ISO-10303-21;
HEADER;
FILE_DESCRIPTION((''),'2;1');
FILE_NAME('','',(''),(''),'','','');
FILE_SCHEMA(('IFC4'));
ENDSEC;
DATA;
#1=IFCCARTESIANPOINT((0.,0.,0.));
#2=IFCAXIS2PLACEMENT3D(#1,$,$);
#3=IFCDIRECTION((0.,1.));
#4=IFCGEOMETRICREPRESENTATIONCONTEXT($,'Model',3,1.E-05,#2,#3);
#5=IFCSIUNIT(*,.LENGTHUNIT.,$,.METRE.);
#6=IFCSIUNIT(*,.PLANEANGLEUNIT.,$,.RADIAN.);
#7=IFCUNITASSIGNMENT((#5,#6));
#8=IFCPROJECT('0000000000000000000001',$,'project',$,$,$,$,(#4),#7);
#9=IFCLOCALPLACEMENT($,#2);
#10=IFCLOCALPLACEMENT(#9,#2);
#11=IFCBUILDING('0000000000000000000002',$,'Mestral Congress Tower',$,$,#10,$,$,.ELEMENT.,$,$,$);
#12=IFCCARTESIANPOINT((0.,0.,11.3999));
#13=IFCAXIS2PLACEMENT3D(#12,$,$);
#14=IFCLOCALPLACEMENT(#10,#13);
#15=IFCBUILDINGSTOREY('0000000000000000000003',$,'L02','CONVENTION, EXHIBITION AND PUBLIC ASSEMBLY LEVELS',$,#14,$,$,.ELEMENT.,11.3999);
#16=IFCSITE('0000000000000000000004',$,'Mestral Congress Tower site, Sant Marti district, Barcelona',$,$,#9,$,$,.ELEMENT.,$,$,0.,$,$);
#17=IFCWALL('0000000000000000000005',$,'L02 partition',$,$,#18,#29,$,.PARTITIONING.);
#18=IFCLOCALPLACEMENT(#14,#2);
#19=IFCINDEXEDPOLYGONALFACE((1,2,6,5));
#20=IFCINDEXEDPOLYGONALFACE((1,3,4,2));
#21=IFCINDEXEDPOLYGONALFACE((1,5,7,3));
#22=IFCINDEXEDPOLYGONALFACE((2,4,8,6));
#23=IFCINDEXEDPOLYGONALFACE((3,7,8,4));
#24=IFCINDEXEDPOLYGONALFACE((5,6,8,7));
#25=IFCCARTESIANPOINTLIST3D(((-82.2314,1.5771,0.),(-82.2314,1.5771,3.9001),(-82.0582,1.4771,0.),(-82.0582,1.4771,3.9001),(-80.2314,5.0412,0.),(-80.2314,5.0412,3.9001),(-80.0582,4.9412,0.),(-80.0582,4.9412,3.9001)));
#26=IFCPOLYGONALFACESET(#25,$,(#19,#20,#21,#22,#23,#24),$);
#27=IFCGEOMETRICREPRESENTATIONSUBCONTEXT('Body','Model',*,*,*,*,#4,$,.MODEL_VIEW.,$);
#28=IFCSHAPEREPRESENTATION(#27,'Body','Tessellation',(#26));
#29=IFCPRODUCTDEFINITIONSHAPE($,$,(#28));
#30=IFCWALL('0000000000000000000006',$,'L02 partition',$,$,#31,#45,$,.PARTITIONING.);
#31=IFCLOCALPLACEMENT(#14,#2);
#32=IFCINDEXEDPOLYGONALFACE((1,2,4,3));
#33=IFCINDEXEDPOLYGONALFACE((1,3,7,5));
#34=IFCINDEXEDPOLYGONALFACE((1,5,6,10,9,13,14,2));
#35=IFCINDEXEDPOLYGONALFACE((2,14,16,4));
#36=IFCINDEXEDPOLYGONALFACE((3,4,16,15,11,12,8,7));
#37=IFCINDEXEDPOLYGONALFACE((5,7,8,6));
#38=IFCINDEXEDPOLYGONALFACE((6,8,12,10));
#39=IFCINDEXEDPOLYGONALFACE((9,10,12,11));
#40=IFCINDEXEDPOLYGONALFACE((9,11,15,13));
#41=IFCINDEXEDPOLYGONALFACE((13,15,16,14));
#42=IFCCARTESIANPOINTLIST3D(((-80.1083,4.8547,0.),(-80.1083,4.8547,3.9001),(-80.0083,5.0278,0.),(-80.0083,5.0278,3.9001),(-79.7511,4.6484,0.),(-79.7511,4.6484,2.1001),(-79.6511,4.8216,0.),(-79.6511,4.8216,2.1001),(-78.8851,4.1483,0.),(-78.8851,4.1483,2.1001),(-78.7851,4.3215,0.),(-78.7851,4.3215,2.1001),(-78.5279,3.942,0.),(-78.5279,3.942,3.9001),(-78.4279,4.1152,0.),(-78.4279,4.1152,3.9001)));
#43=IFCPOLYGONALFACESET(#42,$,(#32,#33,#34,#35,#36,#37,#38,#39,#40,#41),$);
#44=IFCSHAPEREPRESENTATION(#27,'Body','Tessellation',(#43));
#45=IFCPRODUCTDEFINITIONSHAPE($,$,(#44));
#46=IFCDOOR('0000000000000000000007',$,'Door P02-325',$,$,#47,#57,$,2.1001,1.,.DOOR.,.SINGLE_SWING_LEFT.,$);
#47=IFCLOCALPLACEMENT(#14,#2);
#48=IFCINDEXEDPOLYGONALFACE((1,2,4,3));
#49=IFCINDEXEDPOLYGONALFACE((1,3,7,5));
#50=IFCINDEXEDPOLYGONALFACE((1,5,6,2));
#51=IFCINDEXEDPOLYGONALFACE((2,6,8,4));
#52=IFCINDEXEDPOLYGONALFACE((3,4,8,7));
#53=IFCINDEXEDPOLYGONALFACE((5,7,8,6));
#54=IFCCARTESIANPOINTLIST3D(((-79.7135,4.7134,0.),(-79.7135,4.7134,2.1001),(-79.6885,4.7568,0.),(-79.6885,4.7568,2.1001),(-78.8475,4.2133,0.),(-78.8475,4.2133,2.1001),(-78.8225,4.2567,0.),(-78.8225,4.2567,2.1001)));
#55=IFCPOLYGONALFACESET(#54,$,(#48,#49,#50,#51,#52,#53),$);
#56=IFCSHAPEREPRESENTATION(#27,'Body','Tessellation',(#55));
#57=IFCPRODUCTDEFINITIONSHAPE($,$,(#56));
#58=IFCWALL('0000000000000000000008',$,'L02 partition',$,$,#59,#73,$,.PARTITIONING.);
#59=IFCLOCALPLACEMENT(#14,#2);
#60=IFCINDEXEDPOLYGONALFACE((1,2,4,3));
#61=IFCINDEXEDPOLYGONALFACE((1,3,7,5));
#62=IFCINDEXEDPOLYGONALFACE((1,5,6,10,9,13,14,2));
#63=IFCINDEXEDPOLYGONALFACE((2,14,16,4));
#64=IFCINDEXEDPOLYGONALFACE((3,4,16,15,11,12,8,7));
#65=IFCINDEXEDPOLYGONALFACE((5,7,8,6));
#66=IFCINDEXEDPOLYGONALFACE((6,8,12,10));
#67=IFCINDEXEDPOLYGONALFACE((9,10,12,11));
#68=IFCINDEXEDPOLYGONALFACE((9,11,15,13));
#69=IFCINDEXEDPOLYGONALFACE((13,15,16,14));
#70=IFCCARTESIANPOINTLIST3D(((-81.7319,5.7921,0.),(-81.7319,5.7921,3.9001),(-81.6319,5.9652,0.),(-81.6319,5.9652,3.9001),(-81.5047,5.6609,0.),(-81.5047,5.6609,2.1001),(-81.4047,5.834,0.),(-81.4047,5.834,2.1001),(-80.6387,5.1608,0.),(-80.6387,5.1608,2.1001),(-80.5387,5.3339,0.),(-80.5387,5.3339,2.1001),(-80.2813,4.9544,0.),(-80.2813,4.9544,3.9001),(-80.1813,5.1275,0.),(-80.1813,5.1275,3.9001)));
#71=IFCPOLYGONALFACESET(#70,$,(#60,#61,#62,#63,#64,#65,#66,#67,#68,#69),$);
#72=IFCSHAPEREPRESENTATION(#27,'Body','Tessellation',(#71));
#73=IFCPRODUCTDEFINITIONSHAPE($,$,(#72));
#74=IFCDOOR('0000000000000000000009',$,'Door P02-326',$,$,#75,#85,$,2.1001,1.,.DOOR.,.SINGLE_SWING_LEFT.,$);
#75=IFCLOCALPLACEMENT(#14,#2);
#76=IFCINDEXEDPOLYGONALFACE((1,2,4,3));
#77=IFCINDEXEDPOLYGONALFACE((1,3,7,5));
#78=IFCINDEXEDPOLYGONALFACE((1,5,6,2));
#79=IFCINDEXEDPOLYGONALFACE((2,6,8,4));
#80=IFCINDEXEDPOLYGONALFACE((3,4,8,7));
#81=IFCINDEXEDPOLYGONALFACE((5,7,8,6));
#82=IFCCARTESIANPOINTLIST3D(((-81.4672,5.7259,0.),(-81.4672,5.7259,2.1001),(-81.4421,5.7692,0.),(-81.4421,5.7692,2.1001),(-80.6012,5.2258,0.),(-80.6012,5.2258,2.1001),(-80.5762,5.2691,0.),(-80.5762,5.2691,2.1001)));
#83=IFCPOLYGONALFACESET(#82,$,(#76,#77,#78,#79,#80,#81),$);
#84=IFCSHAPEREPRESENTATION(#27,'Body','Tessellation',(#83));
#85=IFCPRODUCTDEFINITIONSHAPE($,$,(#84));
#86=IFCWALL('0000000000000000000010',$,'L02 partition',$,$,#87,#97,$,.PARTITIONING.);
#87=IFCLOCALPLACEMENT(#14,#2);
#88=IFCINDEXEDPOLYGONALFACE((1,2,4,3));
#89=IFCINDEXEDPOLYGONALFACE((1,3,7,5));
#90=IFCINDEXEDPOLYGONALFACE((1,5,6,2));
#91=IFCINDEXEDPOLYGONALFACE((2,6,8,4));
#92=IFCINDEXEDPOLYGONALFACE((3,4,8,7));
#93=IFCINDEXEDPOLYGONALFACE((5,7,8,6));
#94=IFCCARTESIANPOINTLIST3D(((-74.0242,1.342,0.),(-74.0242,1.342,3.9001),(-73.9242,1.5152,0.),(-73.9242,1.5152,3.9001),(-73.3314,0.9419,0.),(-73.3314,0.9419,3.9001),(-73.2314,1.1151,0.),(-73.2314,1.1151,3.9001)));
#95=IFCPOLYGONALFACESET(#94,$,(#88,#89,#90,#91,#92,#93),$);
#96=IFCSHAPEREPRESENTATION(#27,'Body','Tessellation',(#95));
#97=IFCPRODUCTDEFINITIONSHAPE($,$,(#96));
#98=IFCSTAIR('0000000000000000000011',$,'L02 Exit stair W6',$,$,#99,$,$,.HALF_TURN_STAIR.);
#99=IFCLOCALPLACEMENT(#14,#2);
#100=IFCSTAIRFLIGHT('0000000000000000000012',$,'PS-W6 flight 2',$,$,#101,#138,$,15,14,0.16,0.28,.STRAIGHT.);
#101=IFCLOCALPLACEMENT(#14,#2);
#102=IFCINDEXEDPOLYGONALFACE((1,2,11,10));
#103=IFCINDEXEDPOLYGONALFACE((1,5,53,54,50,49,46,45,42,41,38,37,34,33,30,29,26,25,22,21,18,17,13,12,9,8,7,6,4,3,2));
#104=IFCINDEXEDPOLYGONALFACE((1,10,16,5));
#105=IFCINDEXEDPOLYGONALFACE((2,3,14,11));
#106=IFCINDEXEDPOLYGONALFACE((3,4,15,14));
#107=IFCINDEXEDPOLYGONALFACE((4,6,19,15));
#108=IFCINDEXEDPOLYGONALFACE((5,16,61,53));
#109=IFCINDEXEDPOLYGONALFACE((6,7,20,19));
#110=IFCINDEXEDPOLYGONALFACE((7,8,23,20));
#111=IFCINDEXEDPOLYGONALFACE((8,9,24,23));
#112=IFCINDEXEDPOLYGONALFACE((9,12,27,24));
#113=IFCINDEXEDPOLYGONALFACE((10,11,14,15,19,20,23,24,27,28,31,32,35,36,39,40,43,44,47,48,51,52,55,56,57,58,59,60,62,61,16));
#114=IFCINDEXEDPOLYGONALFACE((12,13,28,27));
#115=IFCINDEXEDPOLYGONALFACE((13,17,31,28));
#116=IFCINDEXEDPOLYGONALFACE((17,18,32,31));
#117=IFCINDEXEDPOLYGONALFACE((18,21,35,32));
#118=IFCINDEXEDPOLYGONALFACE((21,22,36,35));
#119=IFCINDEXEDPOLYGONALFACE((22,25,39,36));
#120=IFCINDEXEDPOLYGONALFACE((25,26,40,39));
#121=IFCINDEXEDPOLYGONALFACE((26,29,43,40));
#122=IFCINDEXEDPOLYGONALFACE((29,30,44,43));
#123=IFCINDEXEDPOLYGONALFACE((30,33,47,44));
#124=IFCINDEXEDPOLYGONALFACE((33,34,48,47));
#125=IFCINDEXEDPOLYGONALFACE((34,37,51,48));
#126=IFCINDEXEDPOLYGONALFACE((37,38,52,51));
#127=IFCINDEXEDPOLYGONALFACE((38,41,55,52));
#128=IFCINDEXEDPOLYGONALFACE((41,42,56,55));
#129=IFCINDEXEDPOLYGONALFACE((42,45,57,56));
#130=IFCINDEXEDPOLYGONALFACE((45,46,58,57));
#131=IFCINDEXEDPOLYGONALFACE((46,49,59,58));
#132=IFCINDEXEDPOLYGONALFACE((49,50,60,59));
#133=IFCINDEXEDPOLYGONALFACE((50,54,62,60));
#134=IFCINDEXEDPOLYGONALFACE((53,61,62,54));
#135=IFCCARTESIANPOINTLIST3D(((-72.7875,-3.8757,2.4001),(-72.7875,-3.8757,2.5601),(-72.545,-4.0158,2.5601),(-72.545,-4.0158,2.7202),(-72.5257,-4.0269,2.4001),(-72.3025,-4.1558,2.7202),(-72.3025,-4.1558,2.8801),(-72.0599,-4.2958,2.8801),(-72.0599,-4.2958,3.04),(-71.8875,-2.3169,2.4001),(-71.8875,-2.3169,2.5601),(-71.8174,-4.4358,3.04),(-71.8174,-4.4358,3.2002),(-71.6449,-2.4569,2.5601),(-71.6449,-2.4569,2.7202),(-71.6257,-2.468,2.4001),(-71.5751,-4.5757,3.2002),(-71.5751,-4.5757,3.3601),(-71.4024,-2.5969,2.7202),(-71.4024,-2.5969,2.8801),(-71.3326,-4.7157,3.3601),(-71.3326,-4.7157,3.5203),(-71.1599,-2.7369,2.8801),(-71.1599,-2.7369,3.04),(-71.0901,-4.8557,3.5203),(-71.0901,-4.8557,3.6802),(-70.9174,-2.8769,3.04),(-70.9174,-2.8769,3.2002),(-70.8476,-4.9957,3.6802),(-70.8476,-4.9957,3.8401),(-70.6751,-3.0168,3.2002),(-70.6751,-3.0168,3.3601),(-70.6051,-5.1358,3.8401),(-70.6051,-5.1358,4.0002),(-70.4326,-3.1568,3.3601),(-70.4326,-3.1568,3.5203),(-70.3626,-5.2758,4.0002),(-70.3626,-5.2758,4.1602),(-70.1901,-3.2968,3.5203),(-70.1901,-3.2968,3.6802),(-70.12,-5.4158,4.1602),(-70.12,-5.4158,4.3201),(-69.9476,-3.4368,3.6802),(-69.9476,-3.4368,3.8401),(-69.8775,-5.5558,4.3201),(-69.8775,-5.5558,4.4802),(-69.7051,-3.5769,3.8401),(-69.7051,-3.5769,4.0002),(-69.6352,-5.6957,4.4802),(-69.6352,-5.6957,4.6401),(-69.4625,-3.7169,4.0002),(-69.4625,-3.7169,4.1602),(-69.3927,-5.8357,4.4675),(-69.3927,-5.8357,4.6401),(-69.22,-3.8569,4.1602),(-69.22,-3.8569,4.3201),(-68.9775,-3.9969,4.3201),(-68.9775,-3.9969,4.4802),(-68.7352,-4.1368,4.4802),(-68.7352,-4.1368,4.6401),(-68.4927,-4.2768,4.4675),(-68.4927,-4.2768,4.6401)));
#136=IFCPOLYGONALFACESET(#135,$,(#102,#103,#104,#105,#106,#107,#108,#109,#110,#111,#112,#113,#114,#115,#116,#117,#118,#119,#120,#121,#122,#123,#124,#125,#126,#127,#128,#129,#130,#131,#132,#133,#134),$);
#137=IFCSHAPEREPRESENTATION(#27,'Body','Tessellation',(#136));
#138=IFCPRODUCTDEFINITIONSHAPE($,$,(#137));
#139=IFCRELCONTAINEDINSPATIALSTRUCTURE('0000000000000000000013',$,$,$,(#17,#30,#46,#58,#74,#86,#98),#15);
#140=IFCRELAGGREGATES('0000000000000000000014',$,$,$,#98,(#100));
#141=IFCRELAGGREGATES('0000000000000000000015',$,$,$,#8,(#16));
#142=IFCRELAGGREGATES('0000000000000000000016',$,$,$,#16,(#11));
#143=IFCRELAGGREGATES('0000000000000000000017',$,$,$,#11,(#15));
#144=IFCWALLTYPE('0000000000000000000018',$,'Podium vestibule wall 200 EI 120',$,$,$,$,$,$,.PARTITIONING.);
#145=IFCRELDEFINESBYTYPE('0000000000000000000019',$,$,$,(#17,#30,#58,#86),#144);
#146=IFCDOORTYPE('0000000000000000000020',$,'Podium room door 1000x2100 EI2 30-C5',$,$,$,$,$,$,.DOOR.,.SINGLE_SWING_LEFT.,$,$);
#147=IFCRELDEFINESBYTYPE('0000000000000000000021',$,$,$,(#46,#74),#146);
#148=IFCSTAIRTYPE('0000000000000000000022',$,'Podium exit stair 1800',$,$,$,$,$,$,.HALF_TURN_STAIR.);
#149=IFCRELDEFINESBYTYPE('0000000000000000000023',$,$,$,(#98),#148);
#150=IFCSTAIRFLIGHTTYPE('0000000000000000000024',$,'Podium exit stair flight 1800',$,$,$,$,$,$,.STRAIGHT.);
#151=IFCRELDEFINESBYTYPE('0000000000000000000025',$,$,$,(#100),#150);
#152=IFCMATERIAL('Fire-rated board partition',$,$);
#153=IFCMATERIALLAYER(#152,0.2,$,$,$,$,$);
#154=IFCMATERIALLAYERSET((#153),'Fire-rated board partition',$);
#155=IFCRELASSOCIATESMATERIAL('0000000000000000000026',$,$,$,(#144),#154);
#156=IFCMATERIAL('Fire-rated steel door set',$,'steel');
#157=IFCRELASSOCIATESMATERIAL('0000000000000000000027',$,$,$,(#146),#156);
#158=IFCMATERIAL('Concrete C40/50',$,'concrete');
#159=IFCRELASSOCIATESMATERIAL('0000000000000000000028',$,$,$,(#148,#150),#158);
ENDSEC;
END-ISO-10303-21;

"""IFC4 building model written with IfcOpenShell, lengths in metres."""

from ifc_helpers import new_model, si_unit, direction, frame, frame_2d, origin, place, context, subcontext, project, spatial, polyline, rectangle, outline, extrude, material, layer, layer_set, type_object, element, fill, aggregate, save


model = new_model("IFC4")

# Units and contexts
model_context = context("Model", 3, precision=1e-05, world=origin(), true_north=direction((0.0, 1.0)))
body_context = subcontext(model_context, "Body", "Model", "MODEL_VIEW")
ifc_project = project(units=[si_unit("LENGTHUNIT", "METRE"), si_unit("PLANEANGLEUNIT", "RADIAN")], contexts=[model_context])

# Site, building, storey
site_placement = place(None, origin())
site = spatial("IfcSite", under=ifc_project, at=site_placement, Name="Mestral Congress Tower site, Sant Marti district, Barcelona", CompositionType="ELEMENT", RefElevation=0.0)
building_placement = place(site_placement, origin())
building = spatial("IfcBuilding", under=site, at=building_placement, Name="Mestral Congress Tower", CompositionType="ELEMENT")
storey_placement = place(building_placement, frame((0.0, 0.0, 11.3999)))
storey = spatial("IfcBuildingStorey", under=building, at=storey_placement, Name="L02", Description="CONVENTION, EXHIBITION AND PUBLIC ASSEMBLY LEVELS", CompositionType="ELEMENT", Elevation=11.3999)

# Shared definitions
ifc_material_1 = material(Name="Fire-rated steel door set", Category="steel")

# Wall
ifc_material_2 = material(Name="Fire-rated board partition")
ifc_layer_1 = layer(ifc_material_2, 0.2)
ifc_layer_set_1 = layer_set([ifc_layer_1], Name="Fire-rated board partition")
wall_type_1 = type_object("IfcWallType", Name="Podium vestibule wall 200 EI 120", PredefinedType="PARTITIONING", material=ifc_layer_set_1)
wall_1_placement = place(storey_placement, frame((-80.1448, 4.9912, 0.0), z_axis=(0.0, 0.0, 1.0), x_axis=(-0.499999, -0.866026, 0.0)))
element("IfcWall", 1, at=wall_1_placement, inside=storey, type_object=wall_type_1, Name="L02 partition", PredefinedType="PARTITIONING", context=body_context, shape_type="SweptSolid", body=[
    extrude(rectangle(XDim=4.0, YDim=0.2, at=frame_2d((2.0, 0.0))), origin(), (0.0, 0.0, 1.0), 3.9001),
])

# Walls, openings, doors
wall_2_placement = place(storey_placement, frame((-78.4778, 4.0286, 0.0), z_axis=(0.0, 0.0, 1.0), x_axis=(-0.865978, 0.500081, 0.0)))
wall_2 = element("IfcWall", 2, at=wall_2_placement, inside=storey, type_object=wall_type_1, Name="L02 partition", PredefinedType="PARTITIONING", context=body_context, shape_type="SweptSolid", body=[
    extrude(rectangle(XDim=1.825, YDim=0.2, at=frame_2d((0.9126, 0.0))), origin(), (0.0, 0.0, 1.0), 3.9001),
])
opening_1_placement = place(wall_2_placement, frame((0.4126, 0.0, 0.0)))
opening_1 = element("IfcOpeningElement", 3, at=opening_1_placement, cuts=wall_2, PredefinedType="OPENING", context=body_context, shape_type="SweptSolid", body=[
    extrude(rectangle(XDim=1.0, YDim=2.1001, at=frame_2d((0.5, 1.05))), frame((0.0, 0.1099, 0.0), z_axis=(0.0, -1.0, 0.0), x_axis=(1.0, 0.0, 0.0)), (0.0, 0.0, 1.0), 0.22),
])
door_type_1 = type_object("IfcDoorType", Name="Podium room door 1000x2100 EI2 30-C5", OperationType="SINGLE_SWING_LEFT", PredefinedType="DOOR", material=ifc_material_1)
door_1_placement = place(opening_1_placement, origin())
door_1 = element("IfcDoor", 4, at=door_1_placement, inside=storey, type_object=door_type_1, Name="Door P02-325", OperationType="SINGLE_SWING_LEFT", OverallHeight=2.1001, OverallWidth=1.0, PredefinedType="DOOR", context=body_context, shape_type="SweptSolid", body=[
    extrude(rectangle(XDim=1.0, YDim=2.1001, at=frame_2d((0.5, 1.05))), frame((0.0, 0.0249, 0.0), z_axis=(0.0, -1.0, 0.0), x_axis=(1.0, 0.0, 0.0)), (0.0, 0.0, 1.0), 0.05),
])
fill(opening_1, door_1)
wall_3_placement = place(storey_placement, frame((-80.2314, 5.041, 0.0), z_axis=(0.0, 0.0, 1.0), x_axis=(-0.865965, 0.500105, 0.0)))
wall_3 = element("IfcWall", 5, at=wall_3_placement, inside=storey, type_object=wall_type_1, Name="L02 partition", PredefinedType="PARTITIONING", context=body_context, shape_type="SweptSolid", body=[
    extrude(rectangle(XDim=1.675, YDim=0.2, at=frame_2d((0.8374, 0.0))), origin(), (0.0, 0.0, 1.0), 3.9001),
])
opening_2_placement = place(wall_3_placement, frame((0.4126, 0.0, 0.0)))
opening_2 = element("IfcOpeningElement", 6, at=opening_2_placement, cuts=wall_3, PredefinedType="OPENING", context=body_context, shape_type="SweptSolid", body=[
    extrude(rectangle(XDim=1.0, YDim=2.1001, at=frame_2d((0.5, 1.05))), frame((0.0, 0.1099, 0.0), z_axis=(0.0, -1.0, 0.0), x_axis=(1.0, 0.0, 0.0)), (0.0, 0.0, 1.0), 0.22),
])
door_2_placement = place(opening_2_placement, origin())
door_2 = element("IfcDoor", 7, at=door_2_placement, inside=storey, type_object=door_type_1, Name="Door P02-326", OperationType="SINGLE_SWING_LEFT", OverallHeight=2.1001, OverallWidth=1.0, PredefinedType="DOOR", context=body_context, shape_type="SweptSolid", body=[
    extrude(rectangle(XDim=1.0, YDim=2.1001, at=frame_2d((0.5, 1.05))), frame((0.0, 0.0249, 0.0), z_axis=(0.0, -1.0, 0.0), x_axis=(1.0, 0.0, 0.0)), (0.0, 0.0, 1.0), 0.05),
])
fill(opening_2, door_2)

# Wall
wall_4_placement = place(storey_placement, frame((-73.2815, 1.0286, 0.0), z_axis=(0.0, 0.0, 1.0), x_axis=(-0.865962, 0.50011, 0.0)))
element("IfcWall", 8, at=wall_4_placement, inside=storey, type_object=wall_type_1, Name="L02 partition", PredefinedType="PARTITIONING", context=body_context, shape_type="SweptSolid", body=[
    extrude(rectangle(XDim=0.8, YDim=0.2, at=frame_2d((0.3999, 0.0))), origin(), (0.0, 0.0, 1.0), 3.9001),
])

# Stair, stair flight
ifc_material_3 = material(Name="Concrete C40/50", Category="concrete")
stair_type = type_object("IfcStairType", Name="Podium exit stair 1800", PredefinedType="HALF_TURN_STAIR", material=ifc_material_3)
stair_placement = place(storey_placement, origin())
stair = element("IfcStair", 9, at=stair_placement, inside=storey, type_object=stair_type, Name="L02 Exit stair W6", PredefinedType="HALF_TURN_STAIR")
stair_flight_type = type_object("IfcStairFlightType", Name="Podium exit stair flight 1800", PredefinedType="STRAIGHT", material=ifc_material_3)
stair_flight_placement = place(storey_placement, frame((-72.3374, -3.0962, 2.4001), z_axis=(0.0, 0.0, 1.0), x_axis=(0.866025, -0.5, 0.0)))
stair_flight = element("IfcStairFlight", 10, at=stair_flight_placement, type_object=stair_flight_type, Name="PS-W6 flight 2", NumberOfRisers=15, NumberOfTreads=14, PredefinedType="STRAIGHT", RiserHeight=0.16, TreadLength=0.28, context=body_context, shape_type="SweptSolid", body=[
    extrude(outline(polyline([(0.0, 0.0), (0.0, 0.1599), (0.28, 0.1599), (0.28, 0.3201), (0.5601, 0.3201), (0.5601, 0.48), (0.8401, 0.48), (0.8401, 0.6399), (1.1201, 0.6399), (1.1201, 0.8), (1.3999, 0.8), (1.3999, 0.96), (1.6799, 0.96), (1.6799, 1.1201), (1.96, 1.1201), (1.96, 1.28), (2.24, 1.28), (2.24, 1.4399), (2.52, 1.4399), (2.52, 1.6001), (2.8, 1.6001), (2.8, 1.76), (3.0801, 1.76), (3.0801, 1.9199), (3.3601, 1.9199), (3.3601, 2.0801), (3.6399, 2.0801), (3.6399, 2.24), (3.9199, 2.24), (3.9199, 2.3999), (3.9199, 2.0674), (0.3022, 0.0), (0.0, 0.0)])), frame((0.0, 0.8999, 0.0), z_axis=(0.0, -1.0, 0.0), x_axis=(1.0, 0.0, 0.0)), (0.0, 0.0, 1.0), 1.8),
])
aggregate(stair, [stair_flight])

save(model, "model.ifc")
